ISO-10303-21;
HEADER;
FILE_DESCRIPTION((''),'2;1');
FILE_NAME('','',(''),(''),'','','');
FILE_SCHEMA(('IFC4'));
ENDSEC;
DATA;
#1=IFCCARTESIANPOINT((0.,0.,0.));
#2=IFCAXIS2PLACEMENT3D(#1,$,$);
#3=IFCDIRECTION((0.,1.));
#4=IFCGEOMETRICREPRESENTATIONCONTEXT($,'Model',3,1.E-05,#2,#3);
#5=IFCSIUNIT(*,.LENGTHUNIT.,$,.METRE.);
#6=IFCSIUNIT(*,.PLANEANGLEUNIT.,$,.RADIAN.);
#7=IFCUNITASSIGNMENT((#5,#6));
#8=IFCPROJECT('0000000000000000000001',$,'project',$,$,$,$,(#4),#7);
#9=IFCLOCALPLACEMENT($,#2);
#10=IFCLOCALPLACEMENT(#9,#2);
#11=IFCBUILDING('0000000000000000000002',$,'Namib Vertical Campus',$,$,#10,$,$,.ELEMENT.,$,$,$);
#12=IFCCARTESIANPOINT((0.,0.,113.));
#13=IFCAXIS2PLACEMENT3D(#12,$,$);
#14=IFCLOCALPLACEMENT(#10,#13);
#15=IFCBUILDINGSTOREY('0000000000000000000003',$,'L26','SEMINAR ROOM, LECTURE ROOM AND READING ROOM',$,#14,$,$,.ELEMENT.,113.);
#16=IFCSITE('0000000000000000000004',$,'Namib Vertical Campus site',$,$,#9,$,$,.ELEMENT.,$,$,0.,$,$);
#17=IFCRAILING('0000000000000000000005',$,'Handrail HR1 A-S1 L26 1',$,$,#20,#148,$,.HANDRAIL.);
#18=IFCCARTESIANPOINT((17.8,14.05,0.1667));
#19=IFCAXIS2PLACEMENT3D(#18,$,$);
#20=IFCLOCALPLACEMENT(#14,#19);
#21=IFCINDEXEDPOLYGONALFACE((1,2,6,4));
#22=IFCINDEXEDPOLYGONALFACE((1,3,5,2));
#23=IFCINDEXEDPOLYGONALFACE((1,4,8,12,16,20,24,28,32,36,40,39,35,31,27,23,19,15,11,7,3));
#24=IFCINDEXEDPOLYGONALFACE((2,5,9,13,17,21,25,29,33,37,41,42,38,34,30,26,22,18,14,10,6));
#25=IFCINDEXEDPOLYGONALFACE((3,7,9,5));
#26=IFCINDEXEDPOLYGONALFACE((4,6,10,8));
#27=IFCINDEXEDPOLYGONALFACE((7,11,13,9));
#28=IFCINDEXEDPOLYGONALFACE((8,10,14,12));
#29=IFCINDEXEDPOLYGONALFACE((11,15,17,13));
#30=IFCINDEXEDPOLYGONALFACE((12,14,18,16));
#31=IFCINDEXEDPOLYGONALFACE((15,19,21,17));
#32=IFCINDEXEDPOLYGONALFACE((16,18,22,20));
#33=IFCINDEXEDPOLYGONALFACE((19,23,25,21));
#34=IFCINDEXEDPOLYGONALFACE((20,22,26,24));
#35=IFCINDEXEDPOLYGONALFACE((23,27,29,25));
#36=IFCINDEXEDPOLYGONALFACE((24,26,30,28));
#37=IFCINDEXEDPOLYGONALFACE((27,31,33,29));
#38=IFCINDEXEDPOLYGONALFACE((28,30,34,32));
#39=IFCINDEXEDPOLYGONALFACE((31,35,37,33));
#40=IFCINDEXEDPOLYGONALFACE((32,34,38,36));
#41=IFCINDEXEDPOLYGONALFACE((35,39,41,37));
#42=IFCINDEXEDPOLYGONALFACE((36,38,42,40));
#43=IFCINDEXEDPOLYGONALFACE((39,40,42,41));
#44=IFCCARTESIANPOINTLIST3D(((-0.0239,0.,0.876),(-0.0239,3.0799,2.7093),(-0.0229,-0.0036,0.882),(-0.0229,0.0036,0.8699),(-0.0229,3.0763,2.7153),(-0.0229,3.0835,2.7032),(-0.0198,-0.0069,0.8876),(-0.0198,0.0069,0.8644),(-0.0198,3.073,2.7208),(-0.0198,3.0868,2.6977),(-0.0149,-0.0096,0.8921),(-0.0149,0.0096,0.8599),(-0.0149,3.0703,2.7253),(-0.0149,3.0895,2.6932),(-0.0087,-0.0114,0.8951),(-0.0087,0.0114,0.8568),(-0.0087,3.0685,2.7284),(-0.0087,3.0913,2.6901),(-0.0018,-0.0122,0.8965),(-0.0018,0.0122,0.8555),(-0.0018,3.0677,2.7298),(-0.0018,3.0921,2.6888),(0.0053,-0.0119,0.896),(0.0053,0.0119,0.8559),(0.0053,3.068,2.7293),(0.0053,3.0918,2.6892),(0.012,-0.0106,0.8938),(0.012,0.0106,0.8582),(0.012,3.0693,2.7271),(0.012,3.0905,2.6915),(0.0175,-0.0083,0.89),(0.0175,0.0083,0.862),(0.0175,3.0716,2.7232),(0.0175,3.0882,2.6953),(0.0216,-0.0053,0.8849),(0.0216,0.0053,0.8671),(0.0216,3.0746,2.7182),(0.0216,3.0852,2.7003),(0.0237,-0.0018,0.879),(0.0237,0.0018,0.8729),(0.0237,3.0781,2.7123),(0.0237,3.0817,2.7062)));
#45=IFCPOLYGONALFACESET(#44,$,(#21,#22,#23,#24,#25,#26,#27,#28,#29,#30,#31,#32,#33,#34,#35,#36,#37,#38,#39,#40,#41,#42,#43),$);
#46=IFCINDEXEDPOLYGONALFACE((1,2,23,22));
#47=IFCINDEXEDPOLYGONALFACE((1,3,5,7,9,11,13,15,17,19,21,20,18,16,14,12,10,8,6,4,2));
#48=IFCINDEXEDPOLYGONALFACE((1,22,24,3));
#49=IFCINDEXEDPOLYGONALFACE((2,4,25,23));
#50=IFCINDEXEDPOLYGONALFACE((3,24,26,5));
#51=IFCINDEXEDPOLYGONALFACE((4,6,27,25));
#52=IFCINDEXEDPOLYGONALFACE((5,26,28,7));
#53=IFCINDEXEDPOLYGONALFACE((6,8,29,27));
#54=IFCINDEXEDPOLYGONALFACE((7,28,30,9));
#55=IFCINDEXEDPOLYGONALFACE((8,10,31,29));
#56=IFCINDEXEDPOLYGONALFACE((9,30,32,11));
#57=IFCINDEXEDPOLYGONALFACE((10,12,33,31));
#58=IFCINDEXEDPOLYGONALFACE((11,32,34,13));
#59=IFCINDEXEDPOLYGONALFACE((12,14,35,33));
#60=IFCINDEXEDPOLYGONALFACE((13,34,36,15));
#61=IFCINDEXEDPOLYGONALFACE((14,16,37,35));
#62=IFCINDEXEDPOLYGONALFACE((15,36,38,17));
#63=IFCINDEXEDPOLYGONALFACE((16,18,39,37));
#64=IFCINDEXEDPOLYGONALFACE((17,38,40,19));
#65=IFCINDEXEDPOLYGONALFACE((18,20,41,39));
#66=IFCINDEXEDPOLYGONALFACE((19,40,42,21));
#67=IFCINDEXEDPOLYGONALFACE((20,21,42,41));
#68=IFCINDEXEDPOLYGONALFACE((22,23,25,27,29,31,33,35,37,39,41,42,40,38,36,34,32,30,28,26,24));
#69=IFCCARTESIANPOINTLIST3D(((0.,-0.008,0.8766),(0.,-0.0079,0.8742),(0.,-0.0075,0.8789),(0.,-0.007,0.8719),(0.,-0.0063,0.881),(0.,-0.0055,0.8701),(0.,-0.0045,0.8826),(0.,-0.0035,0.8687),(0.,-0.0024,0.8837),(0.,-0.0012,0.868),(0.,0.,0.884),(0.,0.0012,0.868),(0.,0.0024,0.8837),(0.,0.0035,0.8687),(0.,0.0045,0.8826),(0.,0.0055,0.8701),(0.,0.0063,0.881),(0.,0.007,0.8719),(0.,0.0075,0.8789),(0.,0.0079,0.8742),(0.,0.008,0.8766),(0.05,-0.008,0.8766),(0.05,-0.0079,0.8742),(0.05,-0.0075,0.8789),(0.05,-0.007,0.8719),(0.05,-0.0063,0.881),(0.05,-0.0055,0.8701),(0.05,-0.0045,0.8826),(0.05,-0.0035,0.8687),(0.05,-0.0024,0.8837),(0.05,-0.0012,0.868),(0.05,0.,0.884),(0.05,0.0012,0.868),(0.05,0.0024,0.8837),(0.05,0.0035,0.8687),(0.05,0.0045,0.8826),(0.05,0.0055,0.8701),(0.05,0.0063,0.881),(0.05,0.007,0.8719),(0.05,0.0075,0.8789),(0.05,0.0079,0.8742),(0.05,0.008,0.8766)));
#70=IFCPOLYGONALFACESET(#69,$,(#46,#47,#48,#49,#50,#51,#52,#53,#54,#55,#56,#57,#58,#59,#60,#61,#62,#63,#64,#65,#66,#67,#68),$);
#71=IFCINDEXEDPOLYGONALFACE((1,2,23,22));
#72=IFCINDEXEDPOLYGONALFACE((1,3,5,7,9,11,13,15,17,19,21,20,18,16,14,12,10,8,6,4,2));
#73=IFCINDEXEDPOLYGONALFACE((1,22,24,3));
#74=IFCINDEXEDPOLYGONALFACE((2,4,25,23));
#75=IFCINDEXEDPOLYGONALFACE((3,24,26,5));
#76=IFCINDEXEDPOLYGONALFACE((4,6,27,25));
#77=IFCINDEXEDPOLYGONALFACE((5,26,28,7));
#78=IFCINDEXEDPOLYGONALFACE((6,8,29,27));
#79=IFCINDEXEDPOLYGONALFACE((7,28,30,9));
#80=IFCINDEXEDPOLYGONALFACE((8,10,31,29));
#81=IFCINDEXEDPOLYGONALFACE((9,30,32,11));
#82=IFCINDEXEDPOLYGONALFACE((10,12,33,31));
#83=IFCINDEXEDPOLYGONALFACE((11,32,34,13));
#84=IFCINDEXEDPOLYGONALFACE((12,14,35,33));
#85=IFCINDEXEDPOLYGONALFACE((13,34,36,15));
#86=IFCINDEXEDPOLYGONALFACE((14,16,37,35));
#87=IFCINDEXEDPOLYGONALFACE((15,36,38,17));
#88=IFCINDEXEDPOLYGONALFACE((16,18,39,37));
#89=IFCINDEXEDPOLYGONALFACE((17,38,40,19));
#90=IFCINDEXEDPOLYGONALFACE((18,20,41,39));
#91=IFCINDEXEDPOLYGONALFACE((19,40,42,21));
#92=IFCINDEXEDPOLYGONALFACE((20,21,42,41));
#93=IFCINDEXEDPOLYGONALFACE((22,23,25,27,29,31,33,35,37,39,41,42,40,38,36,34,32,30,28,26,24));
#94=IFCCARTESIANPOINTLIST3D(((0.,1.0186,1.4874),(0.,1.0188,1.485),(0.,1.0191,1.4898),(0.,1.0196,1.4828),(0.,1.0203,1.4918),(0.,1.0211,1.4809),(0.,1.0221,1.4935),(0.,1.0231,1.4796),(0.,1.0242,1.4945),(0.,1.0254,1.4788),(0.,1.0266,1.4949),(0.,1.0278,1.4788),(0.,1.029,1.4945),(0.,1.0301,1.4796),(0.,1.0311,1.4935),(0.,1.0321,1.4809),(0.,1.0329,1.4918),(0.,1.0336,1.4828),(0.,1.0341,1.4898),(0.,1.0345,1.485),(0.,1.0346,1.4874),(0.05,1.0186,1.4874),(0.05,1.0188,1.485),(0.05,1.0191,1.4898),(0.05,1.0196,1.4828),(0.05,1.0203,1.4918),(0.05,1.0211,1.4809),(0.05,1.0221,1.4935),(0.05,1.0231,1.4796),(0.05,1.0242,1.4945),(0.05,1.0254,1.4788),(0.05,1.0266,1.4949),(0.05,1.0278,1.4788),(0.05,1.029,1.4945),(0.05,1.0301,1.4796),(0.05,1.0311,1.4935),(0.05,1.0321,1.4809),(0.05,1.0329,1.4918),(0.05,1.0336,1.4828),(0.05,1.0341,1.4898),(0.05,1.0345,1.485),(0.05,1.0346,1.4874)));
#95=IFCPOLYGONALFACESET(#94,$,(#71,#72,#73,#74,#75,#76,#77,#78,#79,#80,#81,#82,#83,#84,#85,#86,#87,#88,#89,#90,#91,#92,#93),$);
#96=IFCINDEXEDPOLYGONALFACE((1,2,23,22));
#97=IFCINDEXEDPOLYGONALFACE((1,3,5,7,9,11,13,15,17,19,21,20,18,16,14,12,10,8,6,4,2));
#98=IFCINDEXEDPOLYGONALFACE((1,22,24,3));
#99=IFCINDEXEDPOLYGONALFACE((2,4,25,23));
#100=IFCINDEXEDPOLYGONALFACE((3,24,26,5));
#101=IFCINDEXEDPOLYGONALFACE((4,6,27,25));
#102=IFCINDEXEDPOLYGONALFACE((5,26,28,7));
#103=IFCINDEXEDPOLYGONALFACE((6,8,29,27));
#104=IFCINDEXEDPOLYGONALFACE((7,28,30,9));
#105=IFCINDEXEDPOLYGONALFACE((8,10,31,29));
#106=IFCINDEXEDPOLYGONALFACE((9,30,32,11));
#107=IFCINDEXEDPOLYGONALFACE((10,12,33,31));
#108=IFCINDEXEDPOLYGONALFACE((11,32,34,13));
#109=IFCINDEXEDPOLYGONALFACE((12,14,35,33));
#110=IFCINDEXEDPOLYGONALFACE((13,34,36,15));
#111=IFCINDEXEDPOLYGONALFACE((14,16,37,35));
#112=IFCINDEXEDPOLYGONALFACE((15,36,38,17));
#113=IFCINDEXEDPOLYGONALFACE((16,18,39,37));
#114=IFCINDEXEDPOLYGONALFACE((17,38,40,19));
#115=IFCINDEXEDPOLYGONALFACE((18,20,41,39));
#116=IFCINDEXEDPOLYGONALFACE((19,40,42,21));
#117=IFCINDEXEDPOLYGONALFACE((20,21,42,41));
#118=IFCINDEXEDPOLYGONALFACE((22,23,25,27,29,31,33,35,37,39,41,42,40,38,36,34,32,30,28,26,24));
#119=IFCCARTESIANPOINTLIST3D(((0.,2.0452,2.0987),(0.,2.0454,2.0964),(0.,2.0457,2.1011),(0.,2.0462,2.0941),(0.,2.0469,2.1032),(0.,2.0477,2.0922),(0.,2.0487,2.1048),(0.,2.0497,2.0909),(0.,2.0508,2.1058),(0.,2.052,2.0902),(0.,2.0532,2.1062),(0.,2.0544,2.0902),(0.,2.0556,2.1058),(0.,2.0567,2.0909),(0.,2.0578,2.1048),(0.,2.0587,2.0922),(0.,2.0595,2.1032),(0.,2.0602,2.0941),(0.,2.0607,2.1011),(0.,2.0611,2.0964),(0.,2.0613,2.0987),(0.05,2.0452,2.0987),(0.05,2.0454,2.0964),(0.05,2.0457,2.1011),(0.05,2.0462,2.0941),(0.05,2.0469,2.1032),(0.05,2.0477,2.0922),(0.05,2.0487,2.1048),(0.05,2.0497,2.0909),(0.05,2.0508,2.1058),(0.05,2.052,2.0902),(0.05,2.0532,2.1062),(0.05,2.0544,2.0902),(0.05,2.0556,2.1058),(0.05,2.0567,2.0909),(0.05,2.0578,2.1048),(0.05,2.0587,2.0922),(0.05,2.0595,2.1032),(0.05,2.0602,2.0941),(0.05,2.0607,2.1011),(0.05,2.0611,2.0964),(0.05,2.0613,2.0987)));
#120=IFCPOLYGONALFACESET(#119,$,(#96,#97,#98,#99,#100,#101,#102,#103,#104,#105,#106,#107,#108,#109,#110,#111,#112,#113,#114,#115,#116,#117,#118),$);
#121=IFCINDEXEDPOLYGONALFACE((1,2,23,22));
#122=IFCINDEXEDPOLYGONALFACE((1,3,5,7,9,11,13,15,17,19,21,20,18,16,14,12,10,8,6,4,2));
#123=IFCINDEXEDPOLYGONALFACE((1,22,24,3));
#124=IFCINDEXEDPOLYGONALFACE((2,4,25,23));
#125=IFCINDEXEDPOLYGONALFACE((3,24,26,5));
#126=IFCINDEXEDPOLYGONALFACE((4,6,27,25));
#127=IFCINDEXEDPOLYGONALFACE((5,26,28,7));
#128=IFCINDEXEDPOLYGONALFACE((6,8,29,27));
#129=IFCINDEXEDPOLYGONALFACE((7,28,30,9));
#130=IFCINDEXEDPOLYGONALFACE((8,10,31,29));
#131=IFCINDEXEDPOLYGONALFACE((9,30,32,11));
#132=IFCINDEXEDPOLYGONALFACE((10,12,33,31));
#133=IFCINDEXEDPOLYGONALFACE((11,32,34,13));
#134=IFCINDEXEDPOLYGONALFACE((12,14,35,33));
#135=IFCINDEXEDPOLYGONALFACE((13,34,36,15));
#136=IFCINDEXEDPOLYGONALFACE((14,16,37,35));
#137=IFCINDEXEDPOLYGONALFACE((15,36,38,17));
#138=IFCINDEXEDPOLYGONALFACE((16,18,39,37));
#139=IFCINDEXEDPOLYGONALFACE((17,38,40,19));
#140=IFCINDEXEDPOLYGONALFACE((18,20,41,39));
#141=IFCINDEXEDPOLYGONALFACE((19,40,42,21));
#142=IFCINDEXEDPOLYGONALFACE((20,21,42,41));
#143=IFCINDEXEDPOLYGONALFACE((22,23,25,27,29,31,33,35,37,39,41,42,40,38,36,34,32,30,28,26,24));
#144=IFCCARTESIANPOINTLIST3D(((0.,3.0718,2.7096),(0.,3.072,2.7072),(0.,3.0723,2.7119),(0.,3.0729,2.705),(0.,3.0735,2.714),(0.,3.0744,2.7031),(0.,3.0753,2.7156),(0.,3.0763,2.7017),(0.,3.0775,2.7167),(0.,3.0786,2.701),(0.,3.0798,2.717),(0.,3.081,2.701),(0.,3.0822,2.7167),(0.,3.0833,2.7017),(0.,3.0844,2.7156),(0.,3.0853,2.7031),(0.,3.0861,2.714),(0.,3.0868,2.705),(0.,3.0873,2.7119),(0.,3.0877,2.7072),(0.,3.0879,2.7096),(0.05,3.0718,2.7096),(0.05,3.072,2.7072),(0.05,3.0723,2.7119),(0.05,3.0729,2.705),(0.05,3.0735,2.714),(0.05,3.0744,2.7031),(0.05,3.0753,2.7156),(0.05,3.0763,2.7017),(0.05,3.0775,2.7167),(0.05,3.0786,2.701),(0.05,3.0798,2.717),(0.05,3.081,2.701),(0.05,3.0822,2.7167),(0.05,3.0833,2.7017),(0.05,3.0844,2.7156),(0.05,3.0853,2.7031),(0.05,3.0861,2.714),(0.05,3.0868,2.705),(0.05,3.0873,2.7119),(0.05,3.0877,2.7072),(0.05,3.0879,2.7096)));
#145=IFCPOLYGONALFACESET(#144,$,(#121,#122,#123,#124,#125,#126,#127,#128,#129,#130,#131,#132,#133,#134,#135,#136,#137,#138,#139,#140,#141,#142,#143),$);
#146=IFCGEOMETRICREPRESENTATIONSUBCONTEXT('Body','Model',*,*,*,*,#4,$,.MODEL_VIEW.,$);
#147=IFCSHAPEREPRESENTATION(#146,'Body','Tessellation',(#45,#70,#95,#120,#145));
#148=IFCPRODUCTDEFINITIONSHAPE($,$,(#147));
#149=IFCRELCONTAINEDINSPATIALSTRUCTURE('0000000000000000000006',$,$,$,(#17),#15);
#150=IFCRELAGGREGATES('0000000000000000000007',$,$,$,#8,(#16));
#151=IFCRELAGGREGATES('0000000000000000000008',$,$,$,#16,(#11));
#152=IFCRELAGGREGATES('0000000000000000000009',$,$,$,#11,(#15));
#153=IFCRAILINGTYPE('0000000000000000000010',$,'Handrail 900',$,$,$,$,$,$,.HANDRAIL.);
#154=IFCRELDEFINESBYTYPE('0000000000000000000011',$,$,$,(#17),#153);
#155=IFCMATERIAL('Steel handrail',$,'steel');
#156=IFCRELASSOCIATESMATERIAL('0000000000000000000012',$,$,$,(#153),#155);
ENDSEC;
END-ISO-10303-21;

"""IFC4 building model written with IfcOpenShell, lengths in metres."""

from ifc_helpers import new_model, si_unit, direction, frame, origin, origin_2d, place, context, subcontext, project, spatial, circle, extrude, material, type_object, element, save


model = new_model("IFC4")

# Units and contexts
model_context = context("Model", 3, precision=1e-05, world=origin(), true_north=direction((0.0, 1.0)))
body_context = subcontext(model_context, "Body", "Model", "MODEL_VIEW")
ifc_project = project(units=[si_unit("LENGTHUNIT", "METRE"), si_unit("PLANEANGLEUNIT", "RADIAN")], contexts=[model_context])

# Site, building, storey
site_placement = place(None, origin())
site = spatial("IfcSite", under=ifc_project, at=site_placement, Name="Namib Vertical Campus site", CompositionType="ELEMENT", RefElevation=0.0)
building_placement = place(site_placement, origin())
building = spatial("IfcBuilding", under=site, at=building_placement, Name="Namib Vertical Campus", CompositionType="ELEMENT")
storey_placement = place(building_placement, frame((0.0, 0.0, 113.0)))
storey = spatial("IfcBuildingStorey", under=building, at=storey_placement, Name="L26", Description="SEMINAR ROOM, LECTURE ROOM AND READING ROOM", CompositionType="ELEMENT", Elevation=113.0)

# Railing
ifc_material_1 = material(Name="Steel handrail", Category="steel")
railing_type_1 = type_object("IfcRailingType", Name="Handrail 900", PredefinedType="HANDRAIL", material=ifc_material_1)
railing_1_placement = place(storey_placement, frame((17.8, 14.05, 0.1667)))
element("IfcRailing", 1, at=railing_1_placement, inside=storey, type_object=railing_type_1, Name="Handrail HR1 A-S1 L26 1", PredefinedType="HANDRAIL", context=body_context, shape_type="SweptSolid", body=[
    extrude(circle(Radius=0.0239, at=origin_2d()), frame((0.0, 0.0, 0.876), z_axis=(0.0, 0.859291, 0.511487), x_axis=(-1.0, 0.0, 0.0)), (0.0, 0.0, 1.0), 3.5842),
    extrude(circle(Radius=0.0081, at=origin_2d()), frame((0.0, 0.0, 0.876), z_axis=(1.0, 0.0, 0.0), x_axis=(0.0, 0.0, 1.0)), (0.0, 0.0, 1.0), 0.05),
    extrude(circle(Radius=0.0081, at=origin_2d()), frame((0.0, 1.0266, 1.4868), z_axis=(1.0, 0.0, 0.0), x_axis=(0.0, 0.0, 1.0)), (0.0, 0.0, 1.0), 0.05),
    extrude(circle(Radius=0.0081, at=origin_2d()), frame((0.0, 2.0532, 2.0981), z_axis=(1.0, 0.0, 0.0), x_axis=(0.0, 0.0, 1.0)), (0.0, 0.0, 1.0), 0.05),
    extrude(circle(Radius=0.0081, at=origin_2d()), frame((0.0, 3.0798, 2.709), z_axis=(1.0, 0.0, 0.0), x_axis=(0.0, 0.0, 1.0)), (0.0, 0.0, 1.0), 0.05),
])

save(model, "model.ifc")
